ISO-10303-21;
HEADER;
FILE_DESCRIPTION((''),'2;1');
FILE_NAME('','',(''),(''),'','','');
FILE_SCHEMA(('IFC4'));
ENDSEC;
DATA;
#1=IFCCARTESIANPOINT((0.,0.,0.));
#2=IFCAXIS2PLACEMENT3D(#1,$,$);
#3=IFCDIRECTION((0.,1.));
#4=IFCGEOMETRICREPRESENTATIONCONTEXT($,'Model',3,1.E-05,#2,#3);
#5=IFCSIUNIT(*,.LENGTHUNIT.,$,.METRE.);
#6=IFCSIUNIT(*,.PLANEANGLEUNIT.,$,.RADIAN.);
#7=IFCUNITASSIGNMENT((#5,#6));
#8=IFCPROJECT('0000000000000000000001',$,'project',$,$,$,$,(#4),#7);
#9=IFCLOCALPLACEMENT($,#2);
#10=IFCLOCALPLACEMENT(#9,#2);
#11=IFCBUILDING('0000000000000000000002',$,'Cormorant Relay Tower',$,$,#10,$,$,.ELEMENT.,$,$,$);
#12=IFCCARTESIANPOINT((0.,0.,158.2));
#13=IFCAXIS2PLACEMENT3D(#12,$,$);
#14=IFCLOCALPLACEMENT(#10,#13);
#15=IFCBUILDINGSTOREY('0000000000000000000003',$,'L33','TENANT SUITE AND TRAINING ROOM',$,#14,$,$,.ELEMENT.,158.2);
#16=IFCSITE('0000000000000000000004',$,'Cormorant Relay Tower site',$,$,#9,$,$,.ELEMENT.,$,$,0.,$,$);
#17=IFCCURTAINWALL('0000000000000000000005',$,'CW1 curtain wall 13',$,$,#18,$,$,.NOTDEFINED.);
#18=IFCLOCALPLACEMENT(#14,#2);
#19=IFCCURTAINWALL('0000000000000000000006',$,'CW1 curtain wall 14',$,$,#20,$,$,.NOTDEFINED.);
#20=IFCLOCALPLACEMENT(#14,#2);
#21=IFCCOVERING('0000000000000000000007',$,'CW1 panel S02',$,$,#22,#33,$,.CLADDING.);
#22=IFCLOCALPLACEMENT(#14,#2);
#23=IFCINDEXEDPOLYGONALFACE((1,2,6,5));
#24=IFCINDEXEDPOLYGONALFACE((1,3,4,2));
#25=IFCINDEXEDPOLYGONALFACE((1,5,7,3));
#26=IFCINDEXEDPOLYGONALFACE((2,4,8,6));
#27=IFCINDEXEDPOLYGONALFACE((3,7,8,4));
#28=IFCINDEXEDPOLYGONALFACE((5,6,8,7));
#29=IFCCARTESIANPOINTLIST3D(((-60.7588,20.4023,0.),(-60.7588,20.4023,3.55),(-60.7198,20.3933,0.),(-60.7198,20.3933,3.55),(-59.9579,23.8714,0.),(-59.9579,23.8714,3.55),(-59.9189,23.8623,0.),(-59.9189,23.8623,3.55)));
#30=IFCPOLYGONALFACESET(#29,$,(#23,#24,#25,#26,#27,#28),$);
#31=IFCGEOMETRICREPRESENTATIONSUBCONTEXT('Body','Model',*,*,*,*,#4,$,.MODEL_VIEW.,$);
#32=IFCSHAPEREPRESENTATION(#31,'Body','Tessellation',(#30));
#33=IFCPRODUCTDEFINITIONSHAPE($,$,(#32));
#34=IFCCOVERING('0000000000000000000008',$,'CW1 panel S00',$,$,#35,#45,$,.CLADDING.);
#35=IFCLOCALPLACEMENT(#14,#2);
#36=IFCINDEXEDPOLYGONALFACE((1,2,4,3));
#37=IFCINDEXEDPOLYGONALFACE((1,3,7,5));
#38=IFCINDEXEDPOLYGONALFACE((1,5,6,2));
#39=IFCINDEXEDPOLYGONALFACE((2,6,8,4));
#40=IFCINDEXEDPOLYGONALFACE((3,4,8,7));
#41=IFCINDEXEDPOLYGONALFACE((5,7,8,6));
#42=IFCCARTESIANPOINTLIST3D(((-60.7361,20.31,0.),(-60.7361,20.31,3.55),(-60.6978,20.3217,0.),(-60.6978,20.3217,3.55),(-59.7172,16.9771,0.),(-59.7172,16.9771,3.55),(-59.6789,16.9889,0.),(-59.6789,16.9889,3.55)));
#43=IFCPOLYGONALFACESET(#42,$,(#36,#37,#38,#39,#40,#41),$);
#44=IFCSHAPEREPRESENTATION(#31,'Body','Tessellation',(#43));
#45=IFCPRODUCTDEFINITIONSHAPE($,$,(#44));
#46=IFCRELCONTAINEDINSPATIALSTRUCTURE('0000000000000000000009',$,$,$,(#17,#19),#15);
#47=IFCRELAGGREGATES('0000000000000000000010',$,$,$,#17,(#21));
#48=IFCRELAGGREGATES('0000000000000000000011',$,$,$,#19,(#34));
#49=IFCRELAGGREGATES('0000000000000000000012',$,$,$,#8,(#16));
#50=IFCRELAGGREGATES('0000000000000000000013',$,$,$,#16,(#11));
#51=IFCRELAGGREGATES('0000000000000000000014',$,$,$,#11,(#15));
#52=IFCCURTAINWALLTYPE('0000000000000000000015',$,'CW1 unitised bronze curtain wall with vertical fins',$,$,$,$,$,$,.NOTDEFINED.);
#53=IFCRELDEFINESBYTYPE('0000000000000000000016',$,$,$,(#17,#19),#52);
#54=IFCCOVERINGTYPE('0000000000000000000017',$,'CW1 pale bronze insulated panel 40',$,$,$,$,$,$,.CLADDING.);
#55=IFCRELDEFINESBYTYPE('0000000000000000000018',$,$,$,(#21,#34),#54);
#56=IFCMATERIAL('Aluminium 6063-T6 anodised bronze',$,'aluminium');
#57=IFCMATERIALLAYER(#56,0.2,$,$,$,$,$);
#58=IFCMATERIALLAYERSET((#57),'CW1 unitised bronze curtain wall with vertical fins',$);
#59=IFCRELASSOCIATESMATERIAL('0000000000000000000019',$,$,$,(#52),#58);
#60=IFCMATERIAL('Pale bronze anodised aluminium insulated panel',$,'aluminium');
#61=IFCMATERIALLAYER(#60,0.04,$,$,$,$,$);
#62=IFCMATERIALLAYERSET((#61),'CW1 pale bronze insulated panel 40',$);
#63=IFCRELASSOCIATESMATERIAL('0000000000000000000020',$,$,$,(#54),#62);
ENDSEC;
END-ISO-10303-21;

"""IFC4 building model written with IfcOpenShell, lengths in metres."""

from ifc_helpers import new_model, si_unit, direction, frame, origin, origin_2d, place, context, subcontext, project, spatial, rectangle, extrude, material, layer, layer_set, type_object, element, aggregate, save


model = new_model("IFC4")

# Units and contexts
model_context = context("Model", 3, precision=1e-05, world=origin(), true_north=direction((0.0, 1.0)))
body_context = subcontext(model_context, "Body", "Model", "MODEL_VIEW")
ifc_project = project(units=[si_unit("LENGTHUNIT", "METRE"), si_unit("PLANEANGLEUNIT", "RADIAN")], contexts=[model_context])

# Site, building, storey
site_placement = place(None, origin())
site = spatial("IfcSite", under=ifc_project, at=site_placement, Name="Cormorant Relay Tower site", CompositionType="ELEMENT", RefElevation=0.0)
building_placement = place(site_placement, origin())
building = spatial("IfcBuilding", under=site, at=building_placement, Name="Cormorant Relay Tower", CompositionType="ELEMENT")
storey_placement = place(building_placement, frame((0.0, 0.0, 158.2)))
storey = spatial("IfcBuildingStorey", under=building, at=storey_placement, Name="L33", Description="TENANT SUITE AND TRAINING ROOM", CompositionType="ELEMENT", Elevation=158.2)

# Curtain walls
ifc_material_1 = material(Name="Aluminium 6063-T6 anodised bronze", Category="aluminium")
ifc_layer_1 = layer(ifc_material_1, 0.2)
ifc_layer_set_1 = layer_set([ifc_layer_1], Name="CW1 unitised bronze curtain wall with vertical fins")
curtain_wall_type = type_object("IfcCurtainWallType", Name="CW1 unitised bronze curtain wall with vertical fins", PredefinedType="NOTDEFINED", material=ifc_layer_set_1)
curtain_wall_1_placement = place(storey_placement, origin())
curtain_wall_1 = element("IfcCurtainWall", 1, at=curtain_wall_1_placement, inside=storey, type_object=curtain_wall_type, Name="CW1 curtain wall 13", PredefinedType="NOTDEFINED")
curtain_wall_2_placement = place(storey_placement, origin())
curtain_wall_2 = element("IfcCurtainWall", 2, at=curtain_wall_2_placement, inside=storey, type_object=curtain_wall_type, Name="CW1 curtain wall 14", PredefinedType="NOTDEFINED")

# Coverings
ifc_material_2 = material(Name="Pale bronze anodised aluminium insulated panel", Category="aluminium")
ifc_layer_2 = layer(ifc_material_2, 0.04)
ifc_layer_set_2 = layer_set([ifc_layer_2], Name="CW1 pale bronze insulated panel 40")
covering_type = type_object("IfcCoveringType", Name="CW1 pale bronze insulated panel 40", PredefinedType="CLADDING", material=ifc_layer_set_2)
covering_1_placement = place(storey_placement, frame((-60.3389, 22.1323, 0.0), z_axis=(0.0, 0.0, 1.0), x_axis=(-0.224951, -0.97437, 0.0)))
covering_1 = element("IfcCovering", 3, at=covering_1_placement, type_object=covering_type, Name="CW1 panel S02", PredefinedType="CLADDING", context=body_context, shape_type="SweptSolid", body=[
    extrude(rectangle(XDim=3.5603, YDim=0.04, at=origin_2d()), origin(), (0.0, 0.0, 1.0), 3.55),
])
aggregate(curtain_wall_1, [covering_1])
covering_2_placement = place(storey_placement, frame((-60.2075, 18.6494, 0.0), z_axis=(0.0, 0.0, 1.0), x_axis=(0.292372, -0.956305, 0.0)))
covering_2 = element("IfcCovering", 4, at=covering_2_placement, type_object=covering_type, Name="CW1 panel S00", PredefinedType="CLADDING", context=body_context, shape_type="SweptSolid", body=[
    extrude(rectangle(XDim=3.4851, YDim=0.04, at=origin_2d()), origin(), (0.0, 0.0, 1.0), 3.55),
])
aggregate(curtain_wall_2, [covering_2])

save(model, "model.ifc")
